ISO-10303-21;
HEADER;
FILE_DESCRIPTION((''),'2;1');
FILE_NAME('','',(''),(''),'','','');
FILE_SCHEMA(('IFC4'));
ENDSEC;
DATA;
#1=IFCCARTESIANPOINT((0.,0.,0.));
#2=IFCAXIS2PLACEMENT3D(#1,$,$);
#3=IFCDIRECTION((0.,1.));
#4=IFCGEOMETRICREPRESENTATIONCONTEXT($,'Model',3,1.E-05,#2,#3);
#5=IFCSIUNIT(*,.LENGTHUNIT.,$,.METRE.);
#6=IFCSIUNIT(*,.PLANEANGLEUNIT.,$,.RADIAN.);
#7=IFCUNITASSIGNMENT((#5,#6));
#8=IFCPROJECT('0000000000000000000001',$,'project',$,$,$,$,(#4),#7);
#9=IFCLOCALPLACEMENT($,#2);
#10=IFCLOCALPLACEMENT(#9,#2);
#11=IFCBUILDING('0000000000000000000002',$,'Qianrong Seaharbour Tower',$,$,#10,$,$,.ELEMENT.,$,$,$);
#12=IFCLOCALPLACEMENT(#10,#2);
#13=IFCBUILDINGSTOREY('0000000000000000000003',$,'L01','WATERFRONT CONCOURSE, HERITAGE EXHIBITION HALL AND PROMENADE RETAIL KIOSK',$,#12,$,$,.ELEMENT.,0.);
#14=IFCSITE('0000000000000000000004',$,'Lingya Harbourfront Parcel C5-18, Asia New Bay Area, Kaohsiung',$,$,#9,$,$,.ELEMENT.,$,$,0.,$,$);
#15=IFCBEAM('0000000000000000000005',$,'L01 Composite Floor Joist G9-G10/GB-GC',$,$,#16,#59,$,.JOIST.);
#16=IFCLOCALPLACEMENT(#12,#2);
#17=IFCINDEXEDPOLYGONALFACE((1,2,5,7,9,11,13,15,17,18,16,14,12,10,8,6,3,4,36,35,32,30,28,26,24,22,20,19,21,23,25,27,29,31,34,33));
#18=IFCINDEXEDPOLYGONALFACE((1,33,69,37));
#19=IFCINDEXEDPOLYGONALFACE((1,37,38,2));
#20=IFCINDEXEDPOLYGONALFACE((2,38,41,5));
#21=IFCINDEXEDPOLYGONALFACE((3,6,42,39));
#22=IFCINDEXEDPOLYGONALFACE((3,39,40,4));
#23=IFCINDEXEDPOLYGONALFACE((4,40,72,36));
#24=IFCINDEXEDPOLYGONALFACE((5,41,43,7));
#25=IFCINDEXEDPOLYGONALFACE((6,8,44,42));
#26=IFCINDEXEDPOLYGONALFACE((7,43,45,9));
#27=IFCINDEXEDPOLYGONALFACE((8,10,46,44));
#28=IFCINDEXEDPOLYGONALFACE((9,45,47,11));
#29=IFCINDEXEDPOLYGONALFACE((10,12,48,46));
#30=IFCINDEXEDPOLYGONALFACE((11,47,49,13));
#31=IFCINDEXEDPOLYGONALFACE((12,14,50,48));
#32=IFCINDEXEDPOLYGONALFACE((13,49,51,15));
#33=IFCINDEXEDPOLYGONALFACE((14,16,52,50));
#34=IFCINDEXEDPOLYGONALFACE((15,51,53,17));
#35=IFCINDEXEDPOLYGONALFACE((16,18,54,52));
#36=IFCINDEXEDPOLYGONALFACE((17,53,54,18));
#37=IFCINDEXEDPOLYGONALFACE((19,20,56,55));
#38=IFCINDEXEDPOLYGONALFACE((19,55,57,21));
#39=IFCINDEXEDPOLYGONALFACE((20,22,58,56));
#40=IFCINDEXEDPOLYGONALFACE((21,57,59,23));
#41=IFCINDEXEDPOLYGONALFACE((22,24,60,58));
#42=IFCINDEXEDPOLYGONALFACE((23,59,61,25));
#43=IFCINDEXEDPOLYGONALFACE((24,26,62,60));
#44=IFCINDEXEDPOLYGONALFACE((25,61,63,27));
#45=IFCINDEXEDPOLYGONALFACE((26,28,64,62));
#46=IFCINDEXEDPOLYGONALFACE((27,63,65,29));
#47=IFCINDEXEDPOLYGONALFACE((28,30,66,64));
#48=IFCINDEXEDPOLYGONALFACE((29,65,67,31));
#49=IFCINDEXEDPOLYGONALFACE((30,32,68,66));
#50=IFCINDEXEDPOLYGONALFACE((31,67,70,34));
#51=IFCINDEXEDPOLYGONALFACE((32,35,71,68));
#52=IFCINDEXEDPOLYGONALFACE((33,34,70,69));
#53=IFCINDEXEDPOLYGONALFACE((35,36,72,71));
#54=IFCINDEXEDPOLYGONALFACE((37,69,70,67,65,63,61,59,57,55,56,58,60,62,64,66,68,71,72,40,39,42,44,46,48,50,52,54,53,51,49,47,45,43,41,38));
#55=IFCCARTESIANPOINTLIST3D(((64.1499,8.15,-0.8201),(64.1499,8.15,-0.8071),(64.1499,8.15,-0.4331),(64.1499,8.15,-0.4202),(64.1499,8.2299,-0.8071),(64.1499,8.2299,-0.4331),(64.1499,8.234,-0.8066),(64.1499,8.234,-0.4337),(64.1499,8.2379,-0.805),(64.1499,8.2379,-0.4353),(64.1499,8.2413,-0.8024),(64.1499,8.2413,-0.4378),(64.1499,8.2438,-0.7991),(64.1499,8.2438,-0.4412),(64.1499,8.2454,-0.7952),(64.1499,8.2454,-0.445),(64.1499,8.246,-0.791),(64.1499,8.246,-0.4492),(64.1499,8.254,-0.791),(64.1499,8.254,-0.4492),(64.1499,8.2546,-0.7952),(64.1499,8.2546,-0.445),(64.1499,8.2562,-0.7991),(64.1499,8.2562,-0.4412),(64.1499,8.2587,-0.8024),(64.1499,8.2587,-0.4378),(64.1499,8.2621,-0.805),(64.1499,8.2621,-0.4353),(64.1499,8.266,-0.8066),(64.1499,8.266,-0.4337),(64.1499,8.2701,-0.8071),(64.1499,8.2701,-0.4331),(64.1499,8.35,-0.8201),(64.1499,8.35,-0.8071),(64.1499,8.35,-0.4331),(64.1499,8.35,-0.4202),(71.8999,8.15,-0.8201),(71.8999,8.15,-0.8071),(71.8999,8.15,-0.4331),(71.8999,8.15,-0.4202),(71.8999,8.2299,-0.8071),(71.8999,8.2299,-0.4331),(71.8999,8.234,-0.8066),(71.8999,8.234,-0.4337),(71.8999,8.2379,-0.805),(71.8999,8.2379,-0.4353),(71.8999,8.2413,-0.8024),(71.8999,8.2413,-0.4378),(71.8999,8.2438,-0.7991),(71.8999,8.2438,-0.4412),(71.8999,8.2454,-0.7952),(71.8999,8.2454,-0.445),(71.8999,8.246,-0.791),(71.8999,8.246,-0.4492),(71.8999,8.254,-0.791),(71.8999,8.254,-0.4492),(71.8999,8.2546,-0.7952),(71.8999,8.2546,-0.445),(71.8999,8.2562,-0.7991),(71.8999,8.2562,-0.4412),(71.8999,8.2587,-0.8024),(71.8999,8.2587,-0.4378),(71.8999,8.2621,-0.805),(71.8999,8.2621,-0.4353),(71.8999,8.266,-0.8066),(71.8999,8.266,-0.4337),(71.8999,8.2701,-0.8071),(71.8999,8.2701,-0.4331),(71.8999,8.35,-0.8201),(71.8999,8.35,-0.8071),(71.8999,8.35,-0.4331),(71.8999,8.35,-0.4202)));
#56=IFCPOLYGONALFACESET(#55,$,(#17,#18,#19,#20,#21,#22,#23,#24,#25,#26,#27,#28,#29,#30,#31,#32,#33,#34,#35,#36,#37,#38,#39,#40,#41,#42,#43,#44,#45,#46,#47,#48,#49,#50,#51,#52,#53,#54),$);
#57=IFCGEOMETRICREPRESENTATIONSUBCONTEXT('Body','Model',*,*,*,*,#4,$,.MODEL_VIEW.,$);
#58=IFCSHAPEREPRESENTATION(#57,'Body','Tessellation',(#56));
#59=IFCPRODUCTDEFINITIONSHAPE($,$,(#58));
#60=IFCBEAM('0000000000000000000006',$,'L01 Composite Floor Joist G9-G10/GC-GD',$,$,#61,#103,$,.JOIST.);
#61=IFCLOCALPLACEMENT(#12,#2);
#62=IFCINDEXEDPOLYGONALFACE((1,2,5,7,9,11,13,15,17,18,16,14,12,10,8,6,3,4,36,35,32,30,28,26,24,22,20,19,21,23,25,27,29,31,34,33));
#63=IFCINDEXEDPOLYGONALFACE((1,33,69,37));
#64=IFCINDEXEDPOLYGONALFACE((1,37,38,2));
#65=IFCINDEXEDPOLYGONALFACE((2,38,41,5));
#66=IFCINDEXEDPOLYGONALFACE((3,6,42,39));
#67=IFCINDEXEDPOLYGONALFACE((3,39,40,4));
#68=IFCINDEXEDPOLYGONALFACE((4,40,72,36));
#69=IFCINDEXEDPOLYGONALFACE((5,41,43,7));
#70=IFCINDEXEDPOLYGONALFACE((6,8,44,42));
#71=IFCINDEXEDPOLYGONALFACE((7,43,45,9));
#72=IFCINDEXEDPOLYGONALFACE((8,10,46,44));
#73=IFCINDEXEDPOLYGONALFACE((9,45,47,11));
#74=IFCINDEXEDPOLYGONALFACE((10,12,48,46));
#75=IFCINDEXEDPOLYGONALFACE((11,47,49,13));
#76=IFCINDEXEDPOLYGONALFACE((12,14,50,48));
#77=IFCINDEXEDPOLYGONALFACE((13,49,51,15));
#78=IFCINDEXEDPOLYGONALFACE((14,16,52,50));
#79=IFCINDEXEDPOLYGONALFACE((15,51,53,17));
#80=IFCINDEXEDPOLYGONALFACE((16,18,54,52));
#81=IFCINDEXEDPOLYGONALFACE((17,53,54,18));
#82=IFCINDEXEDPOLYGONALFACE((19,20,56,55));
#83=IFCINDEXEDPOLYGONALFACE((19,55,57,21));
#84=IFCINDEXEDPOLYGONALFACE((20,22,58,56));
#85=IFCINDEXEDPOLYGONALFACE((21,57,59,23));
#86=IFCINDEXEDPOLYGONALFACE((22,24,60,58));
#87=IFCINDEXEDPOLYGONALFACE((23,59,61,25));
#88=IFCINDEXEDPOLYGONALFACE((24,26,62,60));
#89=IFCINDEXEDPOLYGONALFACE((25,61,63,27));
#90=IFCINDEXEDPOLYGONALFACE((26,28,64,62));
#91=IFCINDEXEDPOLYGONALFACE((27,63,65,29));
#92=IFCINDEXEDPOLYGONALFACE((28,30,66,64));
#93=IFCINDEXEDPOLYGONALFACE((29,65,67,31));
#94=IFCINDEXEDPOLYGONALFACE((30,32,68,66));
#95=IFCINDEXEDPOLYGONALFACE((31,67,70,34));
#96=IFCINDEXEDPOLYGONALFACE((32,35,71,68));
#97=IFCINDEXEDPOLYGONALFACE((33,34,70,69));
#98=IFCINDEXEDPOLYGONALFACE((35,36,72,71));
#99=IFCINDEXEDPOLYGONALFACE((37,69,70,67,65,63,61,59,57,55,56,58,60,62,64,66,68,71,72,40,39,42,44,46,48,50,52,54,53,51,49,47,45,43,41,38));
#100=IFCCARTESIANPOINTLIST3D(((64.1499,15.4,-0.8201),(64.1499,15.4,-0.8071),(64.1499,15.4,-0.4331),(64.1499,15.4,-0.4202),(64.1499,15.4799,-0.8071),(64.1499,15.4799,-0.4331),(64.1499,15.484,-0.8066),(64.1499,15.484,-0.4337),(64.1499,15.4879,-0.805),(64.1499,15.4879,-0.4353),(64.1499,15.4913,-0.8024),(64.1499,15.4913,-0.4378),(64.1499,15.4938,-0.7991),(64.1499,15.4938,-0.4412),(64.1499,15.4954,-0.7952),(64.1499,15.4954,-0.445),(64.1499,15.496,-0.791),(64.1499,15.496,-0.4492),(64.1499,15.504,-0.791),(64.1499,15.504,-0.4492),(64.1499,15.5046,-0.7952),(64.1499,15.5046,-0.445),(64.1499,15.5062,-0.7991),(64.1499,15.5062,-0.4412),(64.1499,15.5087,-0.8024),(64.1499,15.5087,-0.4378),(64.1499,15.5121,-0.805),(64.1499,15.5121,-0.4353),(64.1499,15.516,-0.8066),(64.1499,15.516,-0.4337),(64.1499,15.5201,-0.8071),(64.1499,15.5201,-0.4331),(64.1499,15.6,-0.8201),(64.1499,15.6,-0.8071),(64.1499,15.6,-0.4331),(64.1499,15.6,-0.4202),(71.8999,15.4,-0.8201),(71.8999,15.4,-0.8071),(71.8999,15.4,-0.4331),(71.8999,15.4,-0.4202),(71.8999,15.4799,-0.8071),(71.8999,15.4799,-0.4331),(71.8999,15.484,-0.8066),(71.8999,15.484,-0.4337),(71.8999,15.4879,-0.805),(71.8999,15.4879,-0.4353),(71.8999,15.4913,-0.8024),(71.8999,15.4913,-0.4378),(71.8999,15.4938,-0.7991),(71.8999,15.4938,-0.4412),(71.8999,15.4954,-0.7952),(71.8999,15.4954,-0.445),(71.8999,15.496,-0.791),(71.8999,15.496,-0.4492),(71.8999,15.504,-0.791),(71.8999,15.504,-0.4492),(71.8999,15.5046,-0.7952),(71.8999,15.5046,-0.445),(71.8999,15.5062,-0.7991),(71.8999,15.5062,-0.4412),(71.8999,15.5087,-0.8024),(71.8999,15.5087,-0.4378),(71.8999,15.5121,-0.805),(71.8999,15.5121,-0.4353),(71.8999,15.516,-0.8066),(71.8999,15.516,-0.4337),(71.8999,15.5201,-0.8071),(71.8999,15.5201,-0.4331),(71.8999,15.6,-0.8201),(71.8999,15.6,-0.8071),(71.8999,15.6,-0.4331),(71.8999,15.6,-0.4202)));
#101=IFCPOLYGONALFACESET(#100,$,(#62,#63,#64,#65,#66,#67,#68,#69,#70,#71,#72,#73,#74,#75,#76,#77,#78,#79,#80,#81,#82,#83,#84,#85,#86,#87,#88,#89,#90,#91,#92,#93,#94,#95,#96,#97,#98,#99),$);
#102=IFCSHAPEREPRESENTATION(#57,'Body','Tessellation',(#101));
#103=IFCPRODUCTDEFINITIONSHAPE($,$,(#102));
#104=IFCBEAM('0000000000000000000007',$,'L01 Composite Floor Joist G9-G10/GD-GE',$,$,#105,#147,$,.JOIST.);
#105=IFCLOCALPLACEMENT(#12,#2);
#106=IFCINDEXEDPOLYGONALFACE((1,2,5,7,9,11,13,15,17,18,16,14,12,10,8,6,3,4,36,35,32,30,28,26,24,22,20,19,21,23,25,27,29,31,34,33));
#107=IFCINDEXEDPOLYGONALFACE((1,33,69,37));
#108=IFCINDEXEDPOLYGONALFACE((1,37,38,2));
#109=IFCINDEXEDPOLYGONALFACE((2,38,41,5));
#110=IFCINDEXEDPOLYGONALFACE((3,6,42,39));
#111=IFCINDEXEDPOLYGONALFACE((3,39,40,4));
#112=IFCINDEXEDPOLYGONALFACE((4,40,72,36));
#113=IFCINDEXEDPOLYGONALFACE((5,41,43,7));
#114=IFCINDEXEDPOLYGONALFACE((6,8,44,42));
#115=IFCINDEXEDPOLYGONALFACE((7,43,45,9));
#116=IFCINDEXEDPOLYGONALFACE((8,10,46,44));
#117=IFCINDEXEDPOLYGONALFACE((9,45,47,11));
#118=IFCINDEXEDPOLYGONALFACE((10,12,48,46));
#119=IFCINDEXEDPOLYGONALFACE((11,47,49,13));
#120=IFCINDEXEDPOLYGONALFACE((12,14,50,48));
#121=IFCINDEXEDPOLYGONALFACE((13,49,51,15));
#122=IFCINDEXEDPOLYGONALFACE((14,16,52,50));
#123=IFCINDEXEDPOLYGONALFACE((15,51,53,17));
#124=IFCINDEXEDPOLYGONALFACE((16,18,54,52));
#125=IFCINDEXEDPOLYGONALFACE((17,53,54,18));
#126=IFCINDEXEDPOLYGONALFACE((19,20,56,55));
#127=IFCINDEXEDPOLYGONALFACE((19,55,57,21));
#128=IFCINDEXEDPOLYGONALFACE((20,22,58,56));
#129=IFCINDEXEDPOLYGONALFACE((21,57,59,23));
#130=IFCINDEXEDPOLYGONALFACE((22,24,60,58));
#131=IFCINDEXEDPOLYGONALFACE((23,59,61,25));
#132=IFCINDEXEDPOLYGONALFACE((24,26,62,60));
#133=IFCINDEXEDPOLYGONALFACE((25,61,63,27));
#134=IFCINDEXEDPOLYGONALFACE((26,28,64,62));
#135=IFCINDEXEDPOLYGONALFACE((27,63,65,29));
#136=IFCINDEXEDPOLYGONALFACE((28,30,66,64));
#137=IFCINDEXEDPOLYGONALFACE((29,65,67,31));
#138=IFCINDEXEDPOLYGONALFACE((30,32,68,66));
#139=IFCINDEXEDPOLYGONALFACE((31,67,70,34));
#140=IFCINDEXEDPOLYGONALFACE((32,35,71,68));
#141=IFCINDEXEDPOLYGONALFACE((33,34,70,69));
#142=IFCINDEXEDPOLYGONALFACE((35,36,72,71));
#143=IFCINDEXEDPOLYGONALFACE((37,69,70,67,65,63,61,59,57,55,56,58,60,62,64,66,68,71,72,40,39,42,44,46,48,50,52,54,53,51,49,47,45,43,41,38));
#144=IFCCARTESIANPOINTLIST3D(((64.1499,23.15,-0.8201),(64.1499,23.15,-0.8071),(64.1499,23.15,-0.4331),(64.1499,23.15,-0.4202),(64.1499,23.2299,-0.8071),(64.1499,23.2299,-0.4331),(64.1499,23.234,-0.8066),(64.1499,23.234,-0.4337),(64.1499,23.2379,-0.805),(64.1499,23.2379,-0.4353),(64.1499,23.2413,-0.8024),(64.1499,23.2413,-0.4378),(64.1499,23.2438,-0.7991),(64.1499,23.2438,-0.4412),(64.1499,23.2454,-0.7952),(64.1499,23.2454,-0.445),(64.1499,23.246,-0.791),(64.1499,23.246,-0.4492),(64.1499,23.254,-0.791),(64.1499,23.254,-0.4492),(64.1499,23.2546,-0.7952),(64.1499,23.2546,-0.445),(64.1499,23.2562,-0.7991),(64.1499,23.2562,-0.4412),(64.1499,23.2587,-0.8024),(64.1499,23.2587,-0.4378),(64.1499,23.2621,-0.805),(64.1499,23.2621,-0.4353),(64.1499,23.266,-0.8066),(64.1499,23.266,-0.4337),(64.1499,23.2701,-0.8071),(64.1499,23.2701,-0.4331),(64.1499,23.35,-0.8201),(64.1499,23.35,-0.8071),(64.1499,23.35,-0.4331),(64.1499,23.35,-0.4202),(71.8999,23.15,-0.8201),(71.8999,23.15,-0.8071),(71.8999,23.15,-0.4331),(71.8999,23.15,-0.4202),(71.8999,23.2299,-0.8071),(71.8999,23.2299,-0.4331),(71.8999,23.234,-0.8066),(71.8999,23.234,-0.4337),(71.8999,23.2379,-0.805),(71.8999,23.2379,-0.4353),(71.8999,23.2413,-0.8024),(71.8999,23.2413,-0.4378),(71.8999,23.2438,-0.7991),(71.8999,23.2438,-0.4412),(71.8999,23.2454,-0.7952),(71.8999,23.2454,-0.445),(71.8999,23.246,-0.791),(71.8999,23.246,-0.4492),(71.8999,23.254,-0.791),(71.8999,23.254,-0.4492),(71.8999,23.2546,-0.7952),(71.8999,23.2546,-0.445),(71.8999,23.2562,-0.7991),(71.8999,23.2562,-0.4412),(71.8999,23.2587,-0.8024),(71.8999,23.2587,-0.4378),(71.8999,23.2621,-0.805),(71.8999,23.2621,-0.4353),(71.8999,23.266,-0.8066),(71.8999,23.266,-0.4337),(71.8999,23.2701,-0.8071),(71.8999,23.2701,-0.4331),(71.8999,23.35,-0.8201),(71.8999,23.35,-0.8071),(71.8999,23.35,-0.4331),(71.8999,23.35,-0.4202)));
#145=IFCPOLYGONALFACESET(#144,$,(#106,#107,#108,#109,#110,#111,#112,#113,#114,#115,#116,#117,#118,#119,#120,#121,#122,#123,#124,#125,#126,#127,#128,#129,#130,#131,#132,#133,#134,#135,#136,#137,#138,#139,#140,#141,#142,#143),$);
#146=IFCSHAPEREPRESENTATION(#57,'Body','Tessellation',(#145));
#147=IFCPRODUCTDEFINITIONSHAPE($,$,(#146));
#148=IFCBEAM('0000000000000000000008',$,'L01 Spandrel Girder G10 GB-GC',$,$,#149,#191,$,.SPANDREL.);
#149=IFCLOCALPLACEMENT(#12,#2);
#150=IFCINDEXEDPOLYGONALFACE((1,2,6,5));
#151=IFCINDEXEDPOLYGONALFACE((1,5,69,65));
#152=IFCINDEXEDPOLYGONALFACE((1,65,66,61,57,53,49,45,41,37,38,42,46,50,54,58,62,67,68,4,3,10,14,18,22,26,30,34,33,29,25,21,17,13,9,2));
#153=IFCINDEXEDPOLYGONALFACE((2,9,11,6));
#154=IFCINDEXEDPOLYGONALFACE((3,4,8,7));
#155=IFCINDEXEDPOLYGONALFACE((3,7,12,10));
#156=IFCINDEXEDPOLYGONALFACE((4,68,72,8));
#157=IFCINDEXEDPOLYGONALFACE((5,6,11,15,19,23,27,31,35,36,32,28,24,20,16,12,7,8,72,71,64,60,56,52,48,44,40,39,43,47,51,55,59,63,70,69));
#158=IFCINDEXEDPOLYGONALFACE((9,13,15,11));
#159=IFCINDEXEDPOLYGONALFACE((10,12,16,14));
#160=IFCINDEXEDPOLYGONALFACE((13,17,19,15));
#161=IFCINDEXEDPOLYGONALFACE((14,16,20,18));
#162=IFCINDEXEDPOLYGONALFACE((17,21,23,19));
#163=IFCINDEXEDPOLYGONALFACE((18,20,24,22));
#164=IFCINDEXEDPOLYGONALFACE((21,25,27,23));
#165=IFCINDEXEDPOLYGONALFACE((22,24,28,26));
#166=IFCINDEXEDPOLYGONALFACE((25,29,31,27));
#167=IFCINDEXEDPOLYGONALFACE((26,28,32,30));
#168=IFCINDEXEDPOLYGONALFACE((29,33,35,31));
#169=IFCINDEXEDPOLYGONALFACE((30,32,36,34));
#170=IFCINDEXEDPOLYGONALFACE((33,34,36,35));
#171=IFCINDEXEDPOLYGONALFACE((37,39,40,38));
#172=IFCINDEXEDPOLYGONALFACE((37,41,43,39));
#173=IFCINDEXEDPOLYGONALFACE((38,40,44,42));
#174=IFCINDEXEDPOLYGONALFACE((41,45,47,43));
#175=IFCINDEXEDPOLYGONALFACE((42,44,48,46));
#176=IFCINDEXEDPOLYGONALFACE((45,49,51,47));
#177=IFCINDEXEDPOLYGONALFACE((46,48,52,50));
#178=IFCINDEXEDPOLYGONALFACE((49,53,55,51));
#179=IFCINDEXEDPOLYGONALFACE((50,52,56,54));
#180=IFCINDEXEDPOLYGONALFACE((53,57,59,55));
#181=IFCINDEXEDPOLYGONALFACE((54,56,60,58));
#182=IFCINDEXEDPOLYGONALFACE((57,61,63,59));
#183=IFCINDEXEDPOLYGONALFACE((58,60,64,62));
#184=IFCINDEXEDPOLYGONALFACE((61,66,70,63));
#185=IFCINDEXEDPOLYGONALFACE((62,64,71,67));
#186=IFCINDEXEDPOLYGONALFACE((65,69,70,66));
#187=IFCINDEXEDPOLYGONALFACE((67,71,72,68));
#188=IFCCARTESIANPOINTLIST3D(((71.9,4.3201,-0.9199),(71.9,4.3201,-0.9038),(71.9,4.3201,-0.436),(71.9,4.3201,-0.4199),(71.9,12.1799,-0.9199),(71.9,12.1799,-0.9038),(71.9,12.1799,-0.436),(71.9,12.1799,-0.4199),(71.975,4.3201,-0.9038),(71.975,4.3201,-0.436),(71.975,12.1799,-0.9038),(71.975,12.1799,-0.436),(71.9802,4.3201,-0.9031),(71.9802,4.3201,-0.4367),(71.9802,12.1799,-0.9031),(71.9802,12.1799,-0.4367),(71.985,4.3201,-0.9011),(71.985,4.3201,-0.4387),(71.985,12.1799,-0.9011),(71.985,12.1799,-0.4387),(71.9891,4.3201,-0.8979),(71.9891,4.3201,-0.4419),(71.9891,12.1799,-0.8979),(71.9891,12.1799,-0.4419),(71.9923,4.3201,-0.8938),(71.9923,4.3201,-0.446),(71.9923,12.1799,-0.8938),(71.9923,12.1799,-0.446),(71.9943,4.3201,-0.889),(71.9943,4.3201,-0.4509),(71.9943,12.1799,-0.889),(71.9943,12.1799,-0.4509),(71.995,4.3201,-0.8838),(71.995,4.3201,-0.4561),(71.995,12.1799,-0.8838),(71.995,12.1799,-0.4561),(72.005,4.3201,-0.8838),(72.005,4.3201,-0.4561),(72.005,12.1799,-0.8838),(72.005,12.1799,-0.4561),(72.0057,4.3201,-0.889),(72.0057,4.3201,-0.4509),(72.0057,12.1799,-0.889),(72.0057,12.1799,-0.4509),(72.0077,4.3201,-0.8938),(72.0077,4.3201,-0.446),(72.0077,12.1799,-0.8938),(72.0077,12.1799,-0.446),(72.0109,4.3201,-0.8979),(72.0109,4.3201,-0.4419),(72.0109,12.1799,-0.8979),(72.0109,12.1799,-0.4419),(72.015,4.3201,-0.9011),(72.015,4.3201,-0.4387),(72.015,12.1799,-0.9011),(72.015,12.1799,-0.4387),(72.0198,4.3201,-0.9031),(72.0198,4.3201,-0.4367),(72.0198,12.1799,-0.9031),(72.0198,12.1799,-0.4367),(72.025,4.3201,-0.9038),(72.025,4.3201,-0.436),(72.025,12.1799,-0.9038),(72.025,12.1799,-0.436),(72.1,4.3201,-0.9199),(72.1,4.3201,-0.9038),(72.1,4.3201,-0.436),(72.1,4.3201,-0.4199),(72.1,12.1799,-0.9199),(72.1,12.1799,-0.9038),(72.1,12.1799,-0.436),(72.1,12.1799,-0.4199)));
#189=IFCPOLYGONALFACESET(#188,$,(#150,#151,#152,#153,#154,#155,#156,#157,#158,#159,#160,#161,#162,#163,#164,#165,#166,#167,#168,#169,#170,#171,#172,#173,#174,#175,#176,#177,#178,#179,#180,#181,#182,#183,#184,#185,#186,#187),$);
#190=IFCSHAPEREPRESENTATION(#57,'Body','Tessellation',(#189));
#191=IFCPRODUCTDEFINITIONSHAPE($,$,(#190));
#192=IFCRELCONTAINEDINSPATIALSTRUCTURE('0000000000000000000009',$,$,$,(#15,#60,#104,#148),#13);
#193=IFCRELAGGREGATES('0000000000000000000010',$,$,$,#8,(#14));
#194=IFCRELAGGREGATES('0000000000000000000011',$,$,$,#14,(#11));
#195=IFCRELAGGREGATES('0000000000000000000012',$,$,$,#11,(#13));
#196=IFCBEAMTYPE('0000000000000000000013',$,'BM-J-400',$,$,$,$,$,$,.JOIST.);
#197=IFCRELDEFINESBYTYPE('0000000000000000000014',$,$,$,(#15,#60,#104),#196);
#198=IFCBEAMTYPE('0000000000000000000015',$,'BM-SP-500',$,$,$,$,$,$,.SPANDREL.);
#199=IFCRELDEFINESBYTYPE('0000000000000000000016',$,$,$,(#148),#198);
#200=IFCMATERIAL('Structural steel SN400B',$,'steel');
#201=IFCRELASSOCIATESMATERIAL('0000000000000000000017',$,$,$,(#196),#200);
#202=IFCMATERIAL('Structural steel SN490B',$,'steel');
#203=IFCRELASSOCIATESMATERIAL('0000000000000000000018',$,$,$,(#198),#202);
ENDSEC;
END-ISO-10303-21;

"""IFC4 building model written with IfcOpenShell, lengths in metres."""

from ifc_helpers import new_model, si_unit, direction, frame, origin, origin_2d, place, context, subcontext, project, spatial, i_section, extrude, material, material_profile, profile_set, type_object, element, save


model = new_model("IFC4")

# Units and contexts
model_context = context("Model", 3, precision=1e-05, world=origin(), true_north=direction((0.0, 1.0)))
body_context = subcontext(model_context, "Body", "Model", "MODEL_VIEW")
ifc_project = project(units=[si_unit("LENGTHUNIT", "METRE"), si_unit("PLANEANGLEUNIT", "RADIAN")], contexts=[model_context])

# Site, building, storey
site_placement = place(None, origin())
site = spatial("IfcSite", under=ifc_project, at=site_placement, Name="Lingya Harbourfront Parcel C5-18, Asia New Bay Area, Kaohsiung", CompositionType="ELEMENT", RefElevation=0.0)
building_placement = place(site_placement, origin())
building = spatial("IfcBuilding", under=site, at=building_placement, Name="Qianrong Seaharbour Tower", CompositionType="ELEMENT")
storey_placement = place(building_placement, origin())
storey = spatial("IfcBuildingStorey", under=building, at=storey_placement, Name="L01", Description="WATERFRONT CONCOURSE, HERITAGE EXHIBITION HALL AND PROMENADE RETAIL KIOSK", CompositionType="ELEMENT", Elevation=0.0)

# Shared definitions
ifc_material_1 = material(Name="Structural steel SN490B", Category="steel")

# Beams
ifc_material_2 = material(Name="Structural steel SN400B", Category="steel")
ifc_material_profile_1 = material_profile(ifc_material_2, i_section(OverallWidth=0.2, OverallDepth=0.3999, WebThickness=0.0081, FlangeThickness=0.0129, FilletRadius=0.0161, at=origin_2d()), Name="H400x200x8x13")
ifc_profile_set_1 = profile_set([ifc_material_profile_1], Name="Structural steel SN400B")
beam_type_1 = type_object("IfcBeamType", Name="BM-J-400", PredefinedType="JOIST", material=ifc_profile_set_1)
for number, where, z_axis, x_axis, name in (
    (1, (64.1499, 8.25, -0.6201), (1.0, 0.0, 0.0), (0.0, 1.0, 0.0), "L01 Composite Floor Joist G9-G10/GB-GC"),
    (2, (64.1499, 15.5, -0.6201), (1.0, 0.0, 0.0), (0.0, 1.0, 0.0), "L01 Composite Floor Joist G9-G10/GC-GD"),
    (3, (64.1499, 23.25, -0.6201), (1.0, 0.0, 0.0), (0.0, 1.0, 0.0), "L01 Composite Floor Joist G9-G10/GD-GE"),
):
    element("IfcBeam", number, at=place(storey_placement, frame(where, z_axis=z_axis, x_axis=x_axis)), inside=storey, type_object=beam_type_1, Name=name, PredefinedType="JOIST", context=body_context, shape_type="SweptSolid", body=[
        extrude(i_section(OverallWidth=0.2, OverallDepth=0.3999, WebThickness=0.0081, FlangeThickness=0.0129, FilletRadius=0.0161, at=origin_2d()), origin(), (0.0, 0.0, 1.0), 7.75),
    ])
ifc_material_profile_2 = material_profile(ifc_material_1, i_section(OverallWidth=0.2, OverallDepth=0.5, WebThickness=0.01, FlangeThickness=0.0161, FilletRadius=0.02, at=origin_2d()), Name="H500x200x10x16")
ifc_profile_set_2 = profile_set([ifc_material_profile_2], Name="Structural steel SN490B")
beam_type_2 = type_object("IfcBeamType", Name="BM-SP-500", PredefinedType="SPANDREL", material=ifc_profile_set_2)
beam_1_placement = place(storey_placement, frame((72.0, 4.3201, -0.6699), z_axis=(0.0, 1.0, 0.0), x_axis=(-1.0, 0.0, 0.0)))
element("IfcBeam", 4, at=beam_1_placement, inside=storey, type_object=beam_type_2, Name="L01 Spandrel Girder G10 GB-GC", PredefinedType="SPANDREL", context=body_context, shape_type="SweptSolid", body=[
    extrude(i_section(OverallWidth=0.2, OverallDepth=0.5, WebThickness=0.01, FlangeThickness=0.0161, FilletRadius=0.02, at=origin_2d()), origin(), (0.0, 0.0, 1.0), 7.8599),
])

save(model, "model.ifc")
